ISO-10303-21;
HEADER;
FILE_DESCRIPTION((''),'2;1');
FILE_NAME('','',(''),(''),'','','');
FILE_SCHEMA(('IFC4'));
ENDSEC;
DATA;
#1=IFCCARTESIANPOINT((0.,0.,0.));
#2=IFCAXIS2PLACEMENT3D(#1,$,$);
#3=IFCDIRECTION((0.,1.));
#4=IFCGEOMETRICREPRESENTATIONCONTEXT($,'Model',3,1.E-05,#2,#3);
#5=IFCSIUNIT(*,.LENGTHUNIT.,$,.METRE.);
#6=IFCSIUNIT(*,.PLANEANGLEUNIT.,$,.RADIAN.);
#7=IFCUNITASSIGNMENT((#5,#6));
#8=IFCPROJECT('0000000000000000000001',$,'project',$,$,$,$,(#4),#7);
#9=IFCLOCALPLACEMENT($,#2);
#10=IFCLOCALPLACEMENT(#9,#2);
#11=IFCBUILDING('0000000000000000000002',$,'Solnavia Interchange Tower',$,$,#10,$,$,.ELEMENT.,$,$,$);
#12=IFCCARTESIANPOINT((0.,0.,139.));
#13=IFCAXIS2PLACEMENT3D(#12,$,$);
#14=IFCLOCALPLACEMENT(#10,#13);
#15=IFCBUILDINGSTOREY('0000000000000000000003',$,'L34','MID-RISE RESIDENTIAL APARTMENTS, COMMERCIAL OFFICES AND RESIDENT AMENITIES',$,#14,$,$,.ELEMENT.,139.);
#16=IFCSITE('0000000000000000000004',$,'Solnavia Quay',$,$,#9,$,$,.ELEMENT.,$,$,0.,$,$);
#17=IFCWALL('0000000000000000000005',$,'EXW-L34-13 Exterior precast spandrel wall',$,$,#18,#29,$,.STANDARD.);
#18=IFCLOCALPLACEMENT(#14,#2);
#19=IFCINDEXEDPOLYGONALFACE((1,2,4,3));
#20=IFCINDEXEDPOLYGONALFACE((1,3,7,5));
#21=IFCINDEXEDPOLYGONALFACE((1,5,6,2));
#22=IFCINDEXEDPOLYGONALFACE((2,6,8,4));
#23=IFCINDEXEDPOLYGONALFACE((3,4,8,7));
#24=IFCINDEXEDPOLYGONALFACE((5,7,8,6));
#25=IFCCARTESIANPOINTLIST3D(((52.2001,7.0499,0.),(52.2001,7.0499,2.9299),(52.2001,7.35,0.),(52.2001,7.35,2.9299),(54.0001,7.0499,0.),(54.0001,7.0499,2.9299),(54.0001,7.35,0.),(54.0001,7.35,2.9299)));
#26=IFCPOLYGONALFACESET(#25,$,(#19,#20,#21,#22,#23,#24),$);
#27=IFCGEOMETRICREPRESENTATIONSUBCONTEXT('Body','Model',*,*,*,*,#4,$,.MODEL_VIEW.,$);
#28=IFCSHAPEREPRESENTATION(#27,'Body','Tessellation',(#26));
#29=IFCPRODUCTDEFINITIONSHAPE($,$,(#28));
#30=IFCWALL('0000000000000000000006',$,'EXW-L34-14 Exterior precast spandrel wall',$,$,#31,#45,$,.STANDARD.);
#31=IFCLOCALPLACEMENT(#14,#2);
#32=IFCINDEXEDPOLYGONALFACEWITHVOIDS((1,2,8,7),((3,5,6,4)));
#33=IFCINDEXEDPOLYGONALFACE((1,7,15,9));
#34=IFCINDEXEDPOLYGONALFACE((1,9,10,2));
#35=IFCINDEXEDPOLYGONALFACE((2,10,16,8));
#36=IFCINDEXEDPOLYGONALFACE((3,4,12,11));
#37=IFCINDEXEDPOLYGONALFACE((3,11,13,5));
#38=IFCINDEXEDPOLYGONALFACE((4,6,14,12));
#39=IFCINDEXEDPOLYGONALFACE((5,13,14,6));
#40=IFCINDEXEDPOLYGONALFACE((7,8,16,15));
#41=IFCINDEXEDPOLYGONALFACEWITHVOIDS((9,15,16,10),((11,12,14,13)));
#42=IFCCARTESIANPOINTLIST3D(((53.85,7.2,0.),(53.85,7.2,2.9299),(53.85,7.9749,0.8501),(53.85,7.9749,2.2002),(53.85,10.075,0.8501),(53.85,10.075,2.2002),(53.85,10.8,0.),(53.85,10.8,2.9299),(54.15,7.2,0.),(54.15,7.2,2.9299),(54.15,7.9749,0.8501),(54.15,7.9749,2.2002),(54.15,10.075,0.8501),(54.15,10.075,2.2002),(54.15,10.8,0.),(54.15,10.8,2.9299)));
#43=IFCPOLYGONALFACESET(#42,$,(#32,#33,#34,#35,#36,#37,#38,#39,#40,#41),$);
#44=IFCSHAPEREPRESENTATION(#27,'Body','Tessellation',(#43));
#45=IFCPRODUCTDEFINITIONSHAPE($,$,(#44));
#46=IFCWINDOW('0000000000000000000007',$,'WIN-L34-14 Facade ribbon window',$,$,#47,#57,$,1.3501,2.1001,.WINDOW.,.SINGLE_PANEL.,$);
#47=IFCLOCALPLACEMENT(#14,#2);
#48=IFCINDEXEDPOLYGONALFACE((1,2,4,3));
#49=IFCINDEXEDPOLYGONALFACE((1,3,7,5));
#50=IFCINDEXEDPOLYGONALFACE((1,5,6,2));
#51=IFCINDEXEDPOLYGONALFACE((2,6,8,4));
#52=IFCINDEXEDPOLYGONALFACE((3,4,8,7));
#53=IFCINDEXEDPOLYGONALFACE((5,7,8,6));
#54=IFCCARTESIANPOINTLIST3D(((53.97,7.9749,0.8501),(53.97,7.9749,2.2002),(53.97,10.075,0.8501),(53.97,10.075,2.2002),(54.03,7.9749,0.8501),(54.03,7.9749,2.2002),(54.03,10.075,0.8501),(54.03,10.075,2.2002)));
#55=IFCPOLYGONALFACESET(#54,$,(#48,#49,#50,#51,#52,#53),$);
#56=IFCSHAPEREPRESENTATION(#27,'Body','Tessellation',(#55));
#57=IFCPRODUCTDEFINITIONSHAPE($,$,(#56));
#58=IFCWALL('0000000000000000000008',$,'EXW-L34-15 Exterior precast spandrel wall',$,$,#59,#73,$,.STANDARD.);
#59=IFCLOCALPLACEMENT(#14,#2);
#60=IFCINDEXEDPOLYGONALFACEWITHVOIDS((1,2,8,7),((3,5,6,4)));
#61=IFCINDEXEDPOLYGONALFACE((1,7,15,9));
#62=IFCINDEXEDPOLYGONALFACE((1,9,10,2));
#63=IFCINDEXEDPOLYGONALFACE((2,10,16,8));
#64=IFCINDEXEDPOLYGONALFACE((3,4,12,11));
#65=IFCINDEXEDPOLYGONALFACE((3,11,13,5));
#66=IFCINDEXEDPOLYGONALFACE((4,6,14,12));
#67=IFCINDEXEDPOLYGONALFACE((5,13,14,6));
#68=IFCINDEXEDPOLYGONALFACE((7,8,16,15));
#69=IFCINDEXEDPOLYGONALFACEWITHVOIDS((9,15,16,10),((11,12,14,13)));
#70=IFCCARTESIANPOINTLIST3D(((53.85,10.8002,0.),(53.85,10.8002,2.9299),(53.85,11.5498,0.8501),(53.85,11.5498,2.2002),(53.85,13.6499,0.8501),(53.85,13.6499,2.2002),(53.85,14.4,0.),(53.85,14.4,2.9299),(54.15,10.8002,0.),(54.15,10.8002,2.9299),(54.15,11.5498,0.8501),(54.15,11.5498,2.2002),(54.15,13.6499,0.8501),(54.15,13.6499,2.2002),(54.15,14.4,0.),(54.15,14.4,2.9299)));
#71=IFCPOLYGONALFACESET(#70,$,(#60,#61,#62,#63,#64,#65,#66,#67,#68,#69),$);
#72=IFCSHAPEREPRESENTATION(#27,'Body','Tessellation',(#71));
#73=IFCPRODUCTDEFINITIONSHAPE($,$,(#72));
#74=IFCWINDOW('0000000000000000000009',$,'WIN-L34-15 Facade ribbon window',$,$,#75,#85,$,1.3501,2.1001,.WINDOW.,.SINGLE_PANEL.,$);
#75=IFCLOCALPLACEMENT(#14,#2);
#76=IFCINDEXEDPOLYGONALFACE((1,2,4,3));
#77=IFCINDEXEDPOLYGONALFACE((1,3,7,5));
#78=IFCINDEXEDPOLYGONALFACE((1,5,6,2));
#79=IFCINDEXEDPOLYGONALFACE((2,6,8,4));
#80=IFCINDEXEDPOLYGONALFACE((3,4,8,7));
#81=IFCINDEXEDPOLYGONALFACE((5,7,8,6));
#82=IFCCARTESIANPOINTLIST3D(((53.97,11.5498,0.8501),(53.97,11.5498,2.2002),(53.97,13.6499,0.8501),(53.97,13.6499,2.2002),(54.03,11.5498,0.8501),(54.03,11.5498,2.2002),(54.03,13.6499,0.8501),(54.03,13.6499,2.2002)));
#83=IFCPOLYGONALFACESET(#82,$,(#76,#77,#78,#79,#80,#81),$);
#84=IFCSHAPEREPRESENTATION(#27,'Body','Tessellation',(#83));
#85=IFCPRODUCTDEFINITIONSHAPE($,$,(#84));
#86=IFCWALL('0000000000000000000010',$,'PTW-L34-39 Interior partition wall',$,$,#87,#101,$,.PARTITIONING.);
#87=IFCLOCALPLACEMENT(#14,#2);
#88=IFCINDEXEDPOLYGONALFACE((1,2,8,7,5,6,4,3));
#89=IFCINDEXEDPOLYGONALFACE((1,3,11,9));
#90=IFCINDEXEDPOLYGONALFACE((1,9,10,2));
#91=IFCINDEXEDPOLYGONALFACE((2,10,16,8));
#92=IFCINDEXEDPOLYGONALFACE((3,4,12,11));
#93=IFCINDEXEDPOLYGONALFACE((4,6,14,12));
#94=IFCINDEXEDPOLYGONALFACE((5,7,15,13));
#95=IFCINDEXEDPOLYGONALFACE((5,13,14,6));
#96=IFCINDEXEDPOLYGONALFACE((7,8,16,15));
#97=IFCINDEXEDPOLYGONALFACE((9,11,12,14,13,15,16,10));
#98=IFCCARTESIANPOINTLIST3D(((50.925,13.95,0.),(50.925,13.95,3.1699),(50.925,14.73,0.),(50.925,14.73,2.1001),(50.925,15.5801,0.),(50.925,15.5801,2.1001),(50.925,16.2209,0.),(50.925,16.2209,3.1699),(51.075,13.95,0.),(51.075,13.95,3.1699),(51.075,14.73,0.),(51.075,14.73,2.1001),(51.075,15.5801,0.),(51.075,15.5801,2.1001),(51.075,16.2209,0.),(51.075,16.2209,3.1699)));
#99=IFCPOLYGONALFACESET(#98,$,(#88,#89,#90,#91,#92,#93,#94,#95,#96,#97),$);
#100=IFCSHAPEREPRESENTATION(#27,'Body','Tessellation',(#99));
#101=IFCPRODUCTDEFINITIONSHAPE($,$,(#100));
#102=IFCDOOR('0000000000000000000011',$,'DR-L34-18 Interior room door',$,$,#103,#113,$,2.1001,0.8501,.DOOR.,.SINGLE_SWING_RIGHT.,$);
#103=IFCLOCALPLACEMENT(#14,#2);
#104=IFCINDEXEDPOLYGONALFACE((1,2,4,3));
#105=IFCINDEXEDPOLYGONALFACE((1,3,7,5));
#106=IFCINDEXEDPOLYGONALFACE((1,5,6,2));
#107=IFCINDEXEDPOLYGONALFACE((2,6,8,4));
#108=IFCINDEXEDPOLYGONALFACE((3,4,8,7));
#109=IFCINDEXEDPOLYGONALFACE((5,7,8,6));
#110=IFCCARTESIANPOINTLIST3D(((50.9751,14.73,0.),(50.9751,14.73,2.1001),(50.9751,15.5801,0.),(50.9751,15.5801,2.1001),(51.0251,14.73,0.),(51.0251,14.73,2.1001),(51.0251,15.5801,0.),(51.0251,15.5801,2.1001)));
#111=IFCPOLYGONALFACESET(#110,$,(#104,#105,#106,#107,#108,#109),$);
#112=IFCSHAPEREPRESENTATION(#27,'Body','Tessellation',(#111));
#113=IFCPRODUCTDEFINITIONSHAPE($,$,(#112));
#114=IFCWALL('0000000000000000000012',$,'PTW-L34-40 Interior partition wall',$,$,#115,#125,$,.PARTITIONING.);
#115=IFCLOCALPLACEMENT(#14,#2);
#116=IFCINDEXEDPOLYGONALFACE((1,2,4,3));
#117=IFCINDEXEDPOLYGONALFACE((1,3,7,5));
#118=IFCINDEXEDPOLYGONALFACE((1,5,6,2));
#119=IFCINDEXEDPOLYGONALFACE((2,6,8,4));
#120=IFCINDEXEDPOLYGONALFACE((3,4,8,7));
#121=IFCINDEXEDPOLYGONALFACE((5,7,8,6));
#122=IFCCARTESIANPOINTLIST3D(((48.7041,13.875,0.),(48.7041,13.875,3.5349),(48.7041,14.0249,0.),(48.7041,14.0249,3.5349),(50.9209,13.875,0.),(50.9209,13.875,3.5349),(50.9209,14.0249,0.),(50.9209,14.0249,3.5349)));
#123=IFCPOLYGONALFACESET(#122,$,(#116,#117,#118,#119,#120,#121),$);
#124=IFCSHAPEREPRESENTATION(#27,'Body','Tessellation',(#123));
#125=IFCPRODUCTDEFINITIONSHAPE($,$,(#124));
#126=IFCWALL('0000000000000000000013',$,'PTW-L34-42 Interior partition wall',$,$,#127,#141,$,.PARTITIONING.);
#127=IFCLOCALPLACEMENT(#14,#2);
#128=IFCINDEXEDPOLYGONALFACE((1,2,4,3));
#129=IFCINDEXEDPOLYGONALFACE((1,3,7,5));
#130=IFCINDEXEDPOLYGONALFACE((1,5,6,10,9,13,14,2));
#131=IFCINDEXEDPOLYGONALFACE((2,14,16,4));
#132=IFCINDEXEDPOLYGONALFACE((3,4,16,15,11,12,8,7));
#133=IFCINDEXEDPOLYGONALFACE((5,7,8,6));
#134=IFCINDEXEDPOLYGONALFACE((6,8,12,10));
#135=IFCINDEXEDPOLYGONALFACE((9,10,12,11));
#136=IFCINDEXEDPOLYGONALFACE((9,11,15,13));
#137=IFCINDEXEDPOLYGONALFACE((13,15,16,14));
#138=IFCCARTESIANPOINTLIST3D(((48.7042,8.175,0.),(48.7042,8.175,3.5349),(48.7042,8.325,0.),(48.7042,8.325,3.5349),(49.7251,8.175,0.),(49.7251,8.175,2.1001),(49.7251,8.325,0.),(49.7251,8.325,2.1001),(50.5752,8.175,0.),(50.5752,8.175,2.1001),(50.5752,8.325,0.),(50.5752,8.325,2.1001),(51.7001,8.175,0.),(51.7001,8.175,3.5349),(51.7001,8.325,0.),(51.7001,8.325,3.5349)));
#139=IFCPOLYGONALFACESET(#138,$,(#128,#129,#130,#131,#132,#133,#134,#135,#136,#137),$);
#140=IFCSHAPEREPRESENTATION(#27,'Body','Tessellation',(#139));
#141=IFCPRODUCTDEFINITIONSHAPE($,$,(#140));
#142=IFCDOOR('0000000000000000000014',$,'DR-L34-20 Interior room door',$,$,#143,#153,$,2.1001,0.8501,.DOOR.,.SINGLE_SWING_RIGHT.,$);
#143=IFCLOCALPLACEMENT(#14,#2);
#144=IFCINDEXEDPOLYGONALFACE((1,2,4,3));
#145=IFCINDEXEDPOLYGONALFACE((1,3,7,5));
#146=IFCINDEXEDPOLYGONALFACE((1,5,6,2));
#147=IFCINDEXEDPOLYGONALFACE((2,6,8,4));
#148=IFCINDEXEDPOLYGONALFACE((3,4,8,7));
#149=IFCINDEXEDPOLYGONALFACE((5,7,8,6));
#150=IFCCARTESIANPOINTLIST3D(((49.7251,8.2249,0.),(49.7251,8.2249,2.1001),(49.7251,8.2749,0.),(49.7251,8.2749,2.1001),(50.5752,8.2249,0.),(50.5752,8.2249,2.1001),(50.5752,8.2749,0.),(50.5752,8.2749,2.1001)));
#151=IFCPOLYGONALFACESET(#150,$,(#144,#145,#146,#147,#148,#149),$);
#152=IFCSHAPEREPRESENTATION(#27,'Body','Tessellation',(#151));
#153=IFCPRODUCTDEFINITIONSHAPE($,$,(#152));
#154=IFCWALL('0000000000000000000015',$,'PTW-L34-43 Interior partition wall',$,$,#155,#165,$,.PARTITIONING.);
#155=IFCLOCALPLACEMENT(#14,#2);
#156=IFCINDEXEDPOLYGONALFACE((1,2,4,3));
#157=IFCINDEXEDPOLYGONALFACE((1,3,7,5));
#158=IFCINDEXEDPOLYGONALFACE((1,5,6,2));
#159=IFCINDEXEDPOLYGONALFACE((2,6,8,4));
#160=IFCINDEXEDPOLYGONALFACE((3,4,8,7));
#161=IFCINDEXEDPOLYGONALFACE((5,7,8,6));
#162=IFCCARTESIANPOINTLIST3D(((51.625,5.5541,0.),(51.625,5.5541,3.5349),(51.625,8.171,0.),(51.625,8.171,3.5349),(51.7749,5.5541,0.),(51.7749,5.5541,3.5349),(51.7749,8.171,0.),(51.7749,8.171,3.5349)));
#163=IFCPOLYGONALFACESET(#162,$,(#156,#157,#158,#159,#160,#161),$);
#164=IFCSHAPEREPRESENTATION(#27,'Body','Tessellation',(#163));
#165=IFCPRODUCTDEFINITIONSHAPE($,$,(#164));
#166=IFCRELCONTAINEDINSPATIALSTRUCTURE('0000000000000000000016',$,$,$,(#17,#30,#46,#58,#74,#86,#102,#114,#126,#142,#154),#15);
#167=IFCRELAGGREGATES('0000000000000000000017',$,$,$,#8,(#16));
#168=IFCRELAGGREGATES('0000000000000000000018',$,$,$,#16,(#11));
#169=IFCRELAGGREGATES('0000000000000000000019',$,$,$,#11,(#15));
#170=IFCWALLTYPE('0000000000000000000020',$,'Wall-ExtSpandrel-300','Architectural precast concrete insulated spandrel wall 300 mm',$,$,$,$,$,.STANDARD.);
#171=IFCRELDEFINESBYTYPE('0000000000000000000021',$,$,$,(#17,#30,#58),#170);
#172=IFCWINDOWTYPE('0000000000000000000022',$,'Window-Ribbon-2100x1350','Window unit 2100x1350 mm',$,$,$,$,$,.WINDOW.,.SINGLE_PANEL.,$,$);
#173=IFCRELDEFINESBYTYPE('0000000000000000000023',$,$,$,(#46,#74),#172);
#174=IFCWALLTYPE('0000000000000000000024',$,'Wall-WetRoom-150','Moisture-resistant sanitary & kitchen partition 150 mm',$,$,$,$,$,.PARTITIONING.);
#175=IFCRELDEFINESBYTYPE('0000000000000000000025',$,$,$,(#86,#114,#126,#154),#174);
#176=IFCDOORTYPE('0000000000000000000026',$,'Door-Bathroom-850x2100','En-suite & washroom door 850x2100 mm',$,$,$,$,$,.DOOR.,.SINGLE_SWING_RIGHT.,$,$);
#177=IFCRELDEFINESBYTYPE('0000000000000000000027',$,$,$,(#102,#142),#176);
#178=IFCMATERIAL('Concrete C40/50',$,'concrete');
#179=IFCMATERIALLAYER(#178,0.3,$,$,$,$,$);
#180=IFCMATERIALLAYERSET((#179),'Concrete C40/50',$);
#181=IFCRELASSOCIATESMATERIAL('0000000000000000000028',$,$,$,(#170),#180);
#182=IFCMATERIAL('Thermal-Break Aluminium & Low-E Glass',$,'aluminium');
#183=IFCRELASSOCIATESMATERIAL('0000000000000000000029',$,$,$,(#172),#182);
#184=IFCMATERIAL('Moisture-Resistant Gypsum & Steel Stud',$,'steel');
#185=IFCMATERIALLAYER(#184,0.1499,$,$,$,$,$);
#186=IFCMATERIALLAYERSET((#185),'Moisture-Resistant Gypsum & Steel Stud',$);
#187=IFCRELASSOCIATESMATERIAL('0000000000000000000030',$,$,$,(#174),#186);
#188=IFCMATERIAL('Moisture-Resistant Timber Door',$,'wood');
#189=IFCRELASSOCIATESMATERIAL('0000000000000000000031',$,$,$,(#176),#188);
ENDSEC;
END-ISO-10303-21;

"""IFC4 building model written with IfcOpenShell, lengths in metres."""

from ifc_helpers import new_model, si_unit, direction, frame, frame_2d, origin, place, context, subcontext, project, spatial, rectangle, extrude, material, layer, layer_set, type_object, element, fill, save


model = new_model("IFC4")

# Units and contexts
model_context = context("Model", 3, precision=1e-05, world=origin(), true_north=direction((0.0, 1.0)))
body_context = subcontext(model_context, "Body", "Model", "MODEL_VIEW")
ifc_project = project(units=[si_unit("LENGTHUNIT", "METRE"), si_unit("PLANEANGLEUNIT", "RADIAN")], contexts=[model_context])

# Site, building, storey
site_placement = place(None, origin())
site = spatial("IfcSite", under=ifc_project, at=site_placement, Name="Solnavia Quay", CompositionType="ELEMENT", RefElevation=0.0)
building_placement = place(site_placement, origin())
building = spatial("IfcBuilding", under=site, at=building_placement, Name="Solnavia Interchange Tower", CompositionType="ELEMENT")
storey_placement = place(building_placement, frame((0.0, 0.0, 139.0)))
storey = spatial("IfcBuildingStorey", under=building, at=storey_placement, Name="L34", Description="MID-RISE RESIDENTIAL APARTMENTS, COMMERCIAL OFFICES AND RESIDENT AMENITIES", CompositionType="ELEMENT", Elevation=139.0)

# Shared definitions
ifc_material_1 = material(Name="Concrete C40/50", Category="concrete")
ifc_layer_1 = layer(ifc_material_1, 0.3)
ifc_layer_set_1 = layer_set([ifc_layer_1], Name="Concrete C40/50")
wall_type_1 = type_object("IfcWallType", Name="Wall-ExtSpandrel-300", Description="Architectural precast concrete insulated spandrel wall 300 mm", PredefinedType="STANDARD", material=ifc_layer_set_1)
ifc_material_2 = material(Name="Thermal-Break Aluminium & Low-E Glass", Category="aluminium")
window_type = type_object("IfcWindowType", Name="Window-Ribbon-2100x1350", Description="Window unit 2100x1350 mm", PartitioningType="SINGLE_PANEL", PredefinedType="WINDOW", material=ifc_material_2)

# Wall
wall_1_placement = place(storey_placement, frame((54.0, 7.2, 0.0), z_axis=(0.0, 0.0, 1.0), x_axis=(-1.0, 0.0, 0.0)))
element("IfcWall", 1, at=wall_1_placement, inside=storey, type_object=wall_type_1, Name="EXW-L34-13 Exterior precast spandrel wall", PredefinedType="STANDARD", context=body_context, shape_type="SweptSolid", body=[
    extrude(rectangle(XDim=1.8, YDim=0.3, at=frame_2d((0.8999, 0.0))), origin(), (0.0, 0.0, 1.0), 2.9299),
])

# Walls, openings, windows
wall_2_placement = place(storey_placement, frame((54.0, 10.8, 0.0), z_axis=(0.0, 0.0, 1.0), x_axis=(0.0, -1.0, 0.0)))
wall_2 = element("IfcWall", 2, at=wall_2_placement, inside=storey, type_object=wall_type_1, Name="EXW-L34-14 Exterior precast spandrel wall", PredefinedType="STANDARD", context=body_context, shape_type="SweptSolid", body=[
    extrude(rectangle(XDim=3.6001, YDim=0.3, at=frame_2d((1.8, 0.0))), origin(), (0.0, 0.0, 1.0), 2.9299),
])
opening_1_placement = place(wall_2_placement, frame((0.7251, 0.0, 0.8501)))
opening_1 = element("IfcOpeningElement", 3, at=opening_1_placement, cuts=wall_2, PredefinedType="OPENING", context=body_context, shape_type="SweptSolid", body=[
    extrude(rectangle(XDim=2.1001, YDim=1.3501, at=frame_2d((1.05, 0.675))), frame((0.0, 0.1602, 0.0), z_axis=(0.0, -1.0, 0.0), x_axis=(1.0, 0.0, 0.0)), (0.0, 0.0, 1.0), 0.3201),
])
window_1_placement = place(opening_1_placement, origin())
window_1 = element("IfcWindow", 4, at=window_1_placement, inside=storey, type_object=window_type, Name="WIN-L34-14 Facade ribbon window", OverallHeight=1.3501, OverallWidth=2.1001, PartitioningType="SINGLE_PANEL", PredefinedType="WINDOW", context=body_context, shape_type="SweptSolid", body=[
    extrude(rectangle(XDim=2.1001, YDim=1.3501, at=frame_2d((1.05, 0.675))), frame((0.0, 0.03, 0.0), z_axis=(0.0, -1.0, 0.0), x_axis=(1.0, 0.0, 0.0)), (0.0, 0.0, 1.0), 0.0601),
])
fill(opening_1, window_1)
wall_3_placement = place(storey_placement, frame((54.0, 14.3999, 0.0), z_axis=(0.0, 0.0, 1.0), x_axis=(0.0, -1.0, 0.0)))
wall_3 = element("IfcWall", 5, at=wall_3_placement, inside=storey, type_object=wall_type_1, Name="EXW-L34-15 Exterior precast spandrel wall", PredefinedType="STANDARD", context=body_context, shape_type="SweptSolid", body=[
    extrude(rectangle(XDim=3.5999, YDim=0.3, at=frame_2d((1.7998, 0.0))), origin(), (0.0, 0.0, 1.0), 2.9299),
])
opening_2_placement = place(wall_3_placement, frame((0.75, 0.0, 0.8501)))
opening_2 = element("IfcOpeningElement", 6, at=opening_2_placement, cuts=wall_3, PredefinedType="OPENING", context=body_context, shape_type="SweptSolid", body=[
    extrude(rectangle(XDim=2.1001, YDim=1.3501, at=frame_2d((1.05, 0.675))), frame((0.0, 0.1602, 0.0), z_axis=(0.0, -1.0, 0.0), x_axis=(1.0, 0.0, 0.0)), (0.0, 0.0, 1.0), 0.3201),
])
window_2_placement = place(opening_2_placement, origin())
window_2 = element("IfcWindow", 7, at=window_2_placement, inside=storey, type_object=window_type, Name="WIN-L34-15 Facade ribbon window", OverallHeight=1.3501, OverallWidth=2.1001, PartitioningType="SINGLE_PANEL", PredefinedType="WINDOW", context=body_context, shape_type="SweptSolid", body=[
    extrude(rectangle(XDim=2.1001, YDim=1.3501, at=frame_2d((1.05, 0.675))), frame((0.0, 0.03, 0.0), z_axis=(0.0, -1.0, 0.0), x_axis=(1.0, 0.0, 0.0)), (0.0, 0.0, 1.0), 0.0601),
])
fill(opening_2, window_2)

# Wall, opening, door
ifc_material_3 = material(Name="Moisture-Resistant Gypsum & Steel Stud", Category="steel")
ifc_layer_2 = layer(ifc_material_3, 0.1499)
ifc_layer_set_2 = layer_set([ifc_layer_2], Name="Moisture-Resistant Gypsum & Steel Stud")
wall_type_2 = type_object("IfcWallType", Name="Wall-WetRoom-150", Description="Moisture-resistant sanitary & kitchen partition 150 mm", PredefinedType="PARTITIONING", material=ifc_layer_set_2)
wall_4_placement = place(storey_placement, frame((51.0, 13.95, 0.0), z_axis=(0.0, 0.0, 1.0), x_axis=(0.0, 1.0, 0.0)))
wall_4 = element("IfcWall", 8, at=wall_4_placement, inside=storey, type_object=wall_type_2, Name="PTW-L34-39 Interior partition wall", PredefinedType="PARTITIONING", context=body_context, shape_type="SweptSolid", body=[
    extrude(rectangle(XDim=2.271, YDim=0.1499, at=frame_2d((1.1355, 0.0))), origin(), (0.0, 0.0, 1.0), 3.1699),
])
opening_3_placement = place(wall_4_placement, frame((0.78, 0.0, 0.0)))
opening_3 = element("IfcOpeningElement", 9, at=opening_3_placement, cuts=wall_4, PredefinedType="OPENING", context=body_context, shape_type="SweptSolid", body=[
    extrude(rectangle(XDim=0.8501, YDim=2.1001, at=frame_2d((0.425, 1.05))), frame((0.0, 0.085, 0.0), z_axis=(0.0, -1.0, 0.0), x_axis=(1.0, 0.0, 0.0)), (0.0, 0.0, 1.0), 0.1699),
])
ifc_material_4 = material(Name="Moisture-Resistant Timber Door", Category="wood")
door_type = type_object("IfcDoorType", Name="Door-Bathroom-850x2100", Description="En-suite & washroom door 850x2100 mm", OperationType="SINGLE_SWING_RIGHT", PredefinedType="DOOR", material=ifc_material_4)
door_1_placement = place(opening_3_placement, origin())
door_1 = element("IfcDoor", 10, at=door_1_placement, inside=storey, type_object=door_type, Name="DR-L34-18 Interior room door", OperationType="SINGLE_SWING_RIGHT", OverallHeight=2.1001, OverallWidth=0.8501, PredefinedType="DOOR", context=body_context, shape_type="SweptSolid", body=[
    extrude(rectangle(XDim=0.8501, YDim=2.1001, at=frame_2d((0.425, 1.05))), frame((0.0, 0.0249, 0.0), z_axis=(0.0, -1.0, 0.0), x_axis=(1.0, 0.0, 0.0)), (0.0, 0.0, 1.0), 0.05),
])
fill(opening_3, door_1)

# Wall
wall_5_placement = place(storey_placement, frame((48.7041, 13.95, 0.0), z_axis=(0.0, 0.0, 1.0), x_axis=(1.0, 0.0, 0.0)))
element("IfcWall", 11, at=wall_5_placement, inside=storey, type_object=wall_type_2, Name="PTW-L34-40 Interior partition wall", PredefinedType="PARTITIONING", context=body_context, shape_type="SweptSolid", body=[
    extrude(rectangle(XDim=2.2168, YDim=0.1499, at=frame_2d((1.1084, 0.0))), origin(), (0.0, 0.0, 1.0), 3.5349),
])

# Wall, opening, door
wall_6_placement = place(storey_placement, frame((48.7041, 8.25, 0.0), z_axis=(0.0, 0.0, 1.0), x_axis=(1.0, 0.0, 0.0)))
wall_6 = element("IfcWall", 12, at=wall_6_placement, inside=storey, type_object=wall_type_2, Name="PTW-L34-42 Interior partition wall", PredefinedType="PARTITIONING", context=body_context, shape_type="SweptSolid", body=[
    extrude(rectangle(XDim=2.9958, YDim=0.1499, at=frame_2d((1.498, 0.0))), origin(), (0.0, 0.0, 1.0), 3.5349),
])
opening_4_placement = place(wall_6_placement, frame((1.021, 0.0, 0.0)))
opening_4 = element("IfcOpeningElement", 13, at=opening_4_placement, cuts=wall_6, PredefinedType="OPENING", context=body_context, shape_type="SweptSolid", body=[
    extrude(rectangle(XDim=0.8501, YDim=2.1001, at=frame_2d((0.425, 1.05))), frame((0.0, 0.085, 0.0), z_axis=(0.0, -1.0, 0.0), x_axis=(1.0, 0.0, 0.0)), (0.0, 0.0, 1.0), 0.1699),
])
door_2_placement = place(opening_4_placement, origin())
door_2 = element("IfcDoor", 14, at=door_2_placement, inside=storey, type_object=door_type, Name="DR-L34-20 Interior room door", OperationType="SINGLE_SWING_RIGHT", OverallHeight=2.1001, OverallWidth=0.8501, PredefinedType="DOOR", context=body_context, shape_type="SweptSolid", body=[
    extrude(rectangle(XDim=0.8501, YDim=2.1001, at=frame_2d((0.425, 1.05))), frame((0.0, 0.0249, 0.0), z_axis=(0.0, -1.0, 0.0), x_axis=(1.0, 0.0, 0.0)), (0.0, 0.0, 1.0), 0.05),
])
fill(opening_4, door_2)

# Wall
wall_7_placement = place(storey_placement, frame((51.7, 5.554, 0.0), z_axis=(0.0, 0.0, 1.0), x_axis=(0.0, 1.0, 0.0)))
element("IfcWall", 15, at=wall_7_placement, inside=storey, type_object=wall_type_2, Name="PTW-L34-43 Interior partition wall", PredefinedType="PARTITIONING", context=body_context, shape_type="SweptSolid", body=[
    extrude(rectangle(XDim=2.6169, YDim=0.1499, at=frame_2d((1.3086, 0.0))), origin(), (0.0, 0.0, 1.0), 3.5349),
])

save(model, "model.ifc")
